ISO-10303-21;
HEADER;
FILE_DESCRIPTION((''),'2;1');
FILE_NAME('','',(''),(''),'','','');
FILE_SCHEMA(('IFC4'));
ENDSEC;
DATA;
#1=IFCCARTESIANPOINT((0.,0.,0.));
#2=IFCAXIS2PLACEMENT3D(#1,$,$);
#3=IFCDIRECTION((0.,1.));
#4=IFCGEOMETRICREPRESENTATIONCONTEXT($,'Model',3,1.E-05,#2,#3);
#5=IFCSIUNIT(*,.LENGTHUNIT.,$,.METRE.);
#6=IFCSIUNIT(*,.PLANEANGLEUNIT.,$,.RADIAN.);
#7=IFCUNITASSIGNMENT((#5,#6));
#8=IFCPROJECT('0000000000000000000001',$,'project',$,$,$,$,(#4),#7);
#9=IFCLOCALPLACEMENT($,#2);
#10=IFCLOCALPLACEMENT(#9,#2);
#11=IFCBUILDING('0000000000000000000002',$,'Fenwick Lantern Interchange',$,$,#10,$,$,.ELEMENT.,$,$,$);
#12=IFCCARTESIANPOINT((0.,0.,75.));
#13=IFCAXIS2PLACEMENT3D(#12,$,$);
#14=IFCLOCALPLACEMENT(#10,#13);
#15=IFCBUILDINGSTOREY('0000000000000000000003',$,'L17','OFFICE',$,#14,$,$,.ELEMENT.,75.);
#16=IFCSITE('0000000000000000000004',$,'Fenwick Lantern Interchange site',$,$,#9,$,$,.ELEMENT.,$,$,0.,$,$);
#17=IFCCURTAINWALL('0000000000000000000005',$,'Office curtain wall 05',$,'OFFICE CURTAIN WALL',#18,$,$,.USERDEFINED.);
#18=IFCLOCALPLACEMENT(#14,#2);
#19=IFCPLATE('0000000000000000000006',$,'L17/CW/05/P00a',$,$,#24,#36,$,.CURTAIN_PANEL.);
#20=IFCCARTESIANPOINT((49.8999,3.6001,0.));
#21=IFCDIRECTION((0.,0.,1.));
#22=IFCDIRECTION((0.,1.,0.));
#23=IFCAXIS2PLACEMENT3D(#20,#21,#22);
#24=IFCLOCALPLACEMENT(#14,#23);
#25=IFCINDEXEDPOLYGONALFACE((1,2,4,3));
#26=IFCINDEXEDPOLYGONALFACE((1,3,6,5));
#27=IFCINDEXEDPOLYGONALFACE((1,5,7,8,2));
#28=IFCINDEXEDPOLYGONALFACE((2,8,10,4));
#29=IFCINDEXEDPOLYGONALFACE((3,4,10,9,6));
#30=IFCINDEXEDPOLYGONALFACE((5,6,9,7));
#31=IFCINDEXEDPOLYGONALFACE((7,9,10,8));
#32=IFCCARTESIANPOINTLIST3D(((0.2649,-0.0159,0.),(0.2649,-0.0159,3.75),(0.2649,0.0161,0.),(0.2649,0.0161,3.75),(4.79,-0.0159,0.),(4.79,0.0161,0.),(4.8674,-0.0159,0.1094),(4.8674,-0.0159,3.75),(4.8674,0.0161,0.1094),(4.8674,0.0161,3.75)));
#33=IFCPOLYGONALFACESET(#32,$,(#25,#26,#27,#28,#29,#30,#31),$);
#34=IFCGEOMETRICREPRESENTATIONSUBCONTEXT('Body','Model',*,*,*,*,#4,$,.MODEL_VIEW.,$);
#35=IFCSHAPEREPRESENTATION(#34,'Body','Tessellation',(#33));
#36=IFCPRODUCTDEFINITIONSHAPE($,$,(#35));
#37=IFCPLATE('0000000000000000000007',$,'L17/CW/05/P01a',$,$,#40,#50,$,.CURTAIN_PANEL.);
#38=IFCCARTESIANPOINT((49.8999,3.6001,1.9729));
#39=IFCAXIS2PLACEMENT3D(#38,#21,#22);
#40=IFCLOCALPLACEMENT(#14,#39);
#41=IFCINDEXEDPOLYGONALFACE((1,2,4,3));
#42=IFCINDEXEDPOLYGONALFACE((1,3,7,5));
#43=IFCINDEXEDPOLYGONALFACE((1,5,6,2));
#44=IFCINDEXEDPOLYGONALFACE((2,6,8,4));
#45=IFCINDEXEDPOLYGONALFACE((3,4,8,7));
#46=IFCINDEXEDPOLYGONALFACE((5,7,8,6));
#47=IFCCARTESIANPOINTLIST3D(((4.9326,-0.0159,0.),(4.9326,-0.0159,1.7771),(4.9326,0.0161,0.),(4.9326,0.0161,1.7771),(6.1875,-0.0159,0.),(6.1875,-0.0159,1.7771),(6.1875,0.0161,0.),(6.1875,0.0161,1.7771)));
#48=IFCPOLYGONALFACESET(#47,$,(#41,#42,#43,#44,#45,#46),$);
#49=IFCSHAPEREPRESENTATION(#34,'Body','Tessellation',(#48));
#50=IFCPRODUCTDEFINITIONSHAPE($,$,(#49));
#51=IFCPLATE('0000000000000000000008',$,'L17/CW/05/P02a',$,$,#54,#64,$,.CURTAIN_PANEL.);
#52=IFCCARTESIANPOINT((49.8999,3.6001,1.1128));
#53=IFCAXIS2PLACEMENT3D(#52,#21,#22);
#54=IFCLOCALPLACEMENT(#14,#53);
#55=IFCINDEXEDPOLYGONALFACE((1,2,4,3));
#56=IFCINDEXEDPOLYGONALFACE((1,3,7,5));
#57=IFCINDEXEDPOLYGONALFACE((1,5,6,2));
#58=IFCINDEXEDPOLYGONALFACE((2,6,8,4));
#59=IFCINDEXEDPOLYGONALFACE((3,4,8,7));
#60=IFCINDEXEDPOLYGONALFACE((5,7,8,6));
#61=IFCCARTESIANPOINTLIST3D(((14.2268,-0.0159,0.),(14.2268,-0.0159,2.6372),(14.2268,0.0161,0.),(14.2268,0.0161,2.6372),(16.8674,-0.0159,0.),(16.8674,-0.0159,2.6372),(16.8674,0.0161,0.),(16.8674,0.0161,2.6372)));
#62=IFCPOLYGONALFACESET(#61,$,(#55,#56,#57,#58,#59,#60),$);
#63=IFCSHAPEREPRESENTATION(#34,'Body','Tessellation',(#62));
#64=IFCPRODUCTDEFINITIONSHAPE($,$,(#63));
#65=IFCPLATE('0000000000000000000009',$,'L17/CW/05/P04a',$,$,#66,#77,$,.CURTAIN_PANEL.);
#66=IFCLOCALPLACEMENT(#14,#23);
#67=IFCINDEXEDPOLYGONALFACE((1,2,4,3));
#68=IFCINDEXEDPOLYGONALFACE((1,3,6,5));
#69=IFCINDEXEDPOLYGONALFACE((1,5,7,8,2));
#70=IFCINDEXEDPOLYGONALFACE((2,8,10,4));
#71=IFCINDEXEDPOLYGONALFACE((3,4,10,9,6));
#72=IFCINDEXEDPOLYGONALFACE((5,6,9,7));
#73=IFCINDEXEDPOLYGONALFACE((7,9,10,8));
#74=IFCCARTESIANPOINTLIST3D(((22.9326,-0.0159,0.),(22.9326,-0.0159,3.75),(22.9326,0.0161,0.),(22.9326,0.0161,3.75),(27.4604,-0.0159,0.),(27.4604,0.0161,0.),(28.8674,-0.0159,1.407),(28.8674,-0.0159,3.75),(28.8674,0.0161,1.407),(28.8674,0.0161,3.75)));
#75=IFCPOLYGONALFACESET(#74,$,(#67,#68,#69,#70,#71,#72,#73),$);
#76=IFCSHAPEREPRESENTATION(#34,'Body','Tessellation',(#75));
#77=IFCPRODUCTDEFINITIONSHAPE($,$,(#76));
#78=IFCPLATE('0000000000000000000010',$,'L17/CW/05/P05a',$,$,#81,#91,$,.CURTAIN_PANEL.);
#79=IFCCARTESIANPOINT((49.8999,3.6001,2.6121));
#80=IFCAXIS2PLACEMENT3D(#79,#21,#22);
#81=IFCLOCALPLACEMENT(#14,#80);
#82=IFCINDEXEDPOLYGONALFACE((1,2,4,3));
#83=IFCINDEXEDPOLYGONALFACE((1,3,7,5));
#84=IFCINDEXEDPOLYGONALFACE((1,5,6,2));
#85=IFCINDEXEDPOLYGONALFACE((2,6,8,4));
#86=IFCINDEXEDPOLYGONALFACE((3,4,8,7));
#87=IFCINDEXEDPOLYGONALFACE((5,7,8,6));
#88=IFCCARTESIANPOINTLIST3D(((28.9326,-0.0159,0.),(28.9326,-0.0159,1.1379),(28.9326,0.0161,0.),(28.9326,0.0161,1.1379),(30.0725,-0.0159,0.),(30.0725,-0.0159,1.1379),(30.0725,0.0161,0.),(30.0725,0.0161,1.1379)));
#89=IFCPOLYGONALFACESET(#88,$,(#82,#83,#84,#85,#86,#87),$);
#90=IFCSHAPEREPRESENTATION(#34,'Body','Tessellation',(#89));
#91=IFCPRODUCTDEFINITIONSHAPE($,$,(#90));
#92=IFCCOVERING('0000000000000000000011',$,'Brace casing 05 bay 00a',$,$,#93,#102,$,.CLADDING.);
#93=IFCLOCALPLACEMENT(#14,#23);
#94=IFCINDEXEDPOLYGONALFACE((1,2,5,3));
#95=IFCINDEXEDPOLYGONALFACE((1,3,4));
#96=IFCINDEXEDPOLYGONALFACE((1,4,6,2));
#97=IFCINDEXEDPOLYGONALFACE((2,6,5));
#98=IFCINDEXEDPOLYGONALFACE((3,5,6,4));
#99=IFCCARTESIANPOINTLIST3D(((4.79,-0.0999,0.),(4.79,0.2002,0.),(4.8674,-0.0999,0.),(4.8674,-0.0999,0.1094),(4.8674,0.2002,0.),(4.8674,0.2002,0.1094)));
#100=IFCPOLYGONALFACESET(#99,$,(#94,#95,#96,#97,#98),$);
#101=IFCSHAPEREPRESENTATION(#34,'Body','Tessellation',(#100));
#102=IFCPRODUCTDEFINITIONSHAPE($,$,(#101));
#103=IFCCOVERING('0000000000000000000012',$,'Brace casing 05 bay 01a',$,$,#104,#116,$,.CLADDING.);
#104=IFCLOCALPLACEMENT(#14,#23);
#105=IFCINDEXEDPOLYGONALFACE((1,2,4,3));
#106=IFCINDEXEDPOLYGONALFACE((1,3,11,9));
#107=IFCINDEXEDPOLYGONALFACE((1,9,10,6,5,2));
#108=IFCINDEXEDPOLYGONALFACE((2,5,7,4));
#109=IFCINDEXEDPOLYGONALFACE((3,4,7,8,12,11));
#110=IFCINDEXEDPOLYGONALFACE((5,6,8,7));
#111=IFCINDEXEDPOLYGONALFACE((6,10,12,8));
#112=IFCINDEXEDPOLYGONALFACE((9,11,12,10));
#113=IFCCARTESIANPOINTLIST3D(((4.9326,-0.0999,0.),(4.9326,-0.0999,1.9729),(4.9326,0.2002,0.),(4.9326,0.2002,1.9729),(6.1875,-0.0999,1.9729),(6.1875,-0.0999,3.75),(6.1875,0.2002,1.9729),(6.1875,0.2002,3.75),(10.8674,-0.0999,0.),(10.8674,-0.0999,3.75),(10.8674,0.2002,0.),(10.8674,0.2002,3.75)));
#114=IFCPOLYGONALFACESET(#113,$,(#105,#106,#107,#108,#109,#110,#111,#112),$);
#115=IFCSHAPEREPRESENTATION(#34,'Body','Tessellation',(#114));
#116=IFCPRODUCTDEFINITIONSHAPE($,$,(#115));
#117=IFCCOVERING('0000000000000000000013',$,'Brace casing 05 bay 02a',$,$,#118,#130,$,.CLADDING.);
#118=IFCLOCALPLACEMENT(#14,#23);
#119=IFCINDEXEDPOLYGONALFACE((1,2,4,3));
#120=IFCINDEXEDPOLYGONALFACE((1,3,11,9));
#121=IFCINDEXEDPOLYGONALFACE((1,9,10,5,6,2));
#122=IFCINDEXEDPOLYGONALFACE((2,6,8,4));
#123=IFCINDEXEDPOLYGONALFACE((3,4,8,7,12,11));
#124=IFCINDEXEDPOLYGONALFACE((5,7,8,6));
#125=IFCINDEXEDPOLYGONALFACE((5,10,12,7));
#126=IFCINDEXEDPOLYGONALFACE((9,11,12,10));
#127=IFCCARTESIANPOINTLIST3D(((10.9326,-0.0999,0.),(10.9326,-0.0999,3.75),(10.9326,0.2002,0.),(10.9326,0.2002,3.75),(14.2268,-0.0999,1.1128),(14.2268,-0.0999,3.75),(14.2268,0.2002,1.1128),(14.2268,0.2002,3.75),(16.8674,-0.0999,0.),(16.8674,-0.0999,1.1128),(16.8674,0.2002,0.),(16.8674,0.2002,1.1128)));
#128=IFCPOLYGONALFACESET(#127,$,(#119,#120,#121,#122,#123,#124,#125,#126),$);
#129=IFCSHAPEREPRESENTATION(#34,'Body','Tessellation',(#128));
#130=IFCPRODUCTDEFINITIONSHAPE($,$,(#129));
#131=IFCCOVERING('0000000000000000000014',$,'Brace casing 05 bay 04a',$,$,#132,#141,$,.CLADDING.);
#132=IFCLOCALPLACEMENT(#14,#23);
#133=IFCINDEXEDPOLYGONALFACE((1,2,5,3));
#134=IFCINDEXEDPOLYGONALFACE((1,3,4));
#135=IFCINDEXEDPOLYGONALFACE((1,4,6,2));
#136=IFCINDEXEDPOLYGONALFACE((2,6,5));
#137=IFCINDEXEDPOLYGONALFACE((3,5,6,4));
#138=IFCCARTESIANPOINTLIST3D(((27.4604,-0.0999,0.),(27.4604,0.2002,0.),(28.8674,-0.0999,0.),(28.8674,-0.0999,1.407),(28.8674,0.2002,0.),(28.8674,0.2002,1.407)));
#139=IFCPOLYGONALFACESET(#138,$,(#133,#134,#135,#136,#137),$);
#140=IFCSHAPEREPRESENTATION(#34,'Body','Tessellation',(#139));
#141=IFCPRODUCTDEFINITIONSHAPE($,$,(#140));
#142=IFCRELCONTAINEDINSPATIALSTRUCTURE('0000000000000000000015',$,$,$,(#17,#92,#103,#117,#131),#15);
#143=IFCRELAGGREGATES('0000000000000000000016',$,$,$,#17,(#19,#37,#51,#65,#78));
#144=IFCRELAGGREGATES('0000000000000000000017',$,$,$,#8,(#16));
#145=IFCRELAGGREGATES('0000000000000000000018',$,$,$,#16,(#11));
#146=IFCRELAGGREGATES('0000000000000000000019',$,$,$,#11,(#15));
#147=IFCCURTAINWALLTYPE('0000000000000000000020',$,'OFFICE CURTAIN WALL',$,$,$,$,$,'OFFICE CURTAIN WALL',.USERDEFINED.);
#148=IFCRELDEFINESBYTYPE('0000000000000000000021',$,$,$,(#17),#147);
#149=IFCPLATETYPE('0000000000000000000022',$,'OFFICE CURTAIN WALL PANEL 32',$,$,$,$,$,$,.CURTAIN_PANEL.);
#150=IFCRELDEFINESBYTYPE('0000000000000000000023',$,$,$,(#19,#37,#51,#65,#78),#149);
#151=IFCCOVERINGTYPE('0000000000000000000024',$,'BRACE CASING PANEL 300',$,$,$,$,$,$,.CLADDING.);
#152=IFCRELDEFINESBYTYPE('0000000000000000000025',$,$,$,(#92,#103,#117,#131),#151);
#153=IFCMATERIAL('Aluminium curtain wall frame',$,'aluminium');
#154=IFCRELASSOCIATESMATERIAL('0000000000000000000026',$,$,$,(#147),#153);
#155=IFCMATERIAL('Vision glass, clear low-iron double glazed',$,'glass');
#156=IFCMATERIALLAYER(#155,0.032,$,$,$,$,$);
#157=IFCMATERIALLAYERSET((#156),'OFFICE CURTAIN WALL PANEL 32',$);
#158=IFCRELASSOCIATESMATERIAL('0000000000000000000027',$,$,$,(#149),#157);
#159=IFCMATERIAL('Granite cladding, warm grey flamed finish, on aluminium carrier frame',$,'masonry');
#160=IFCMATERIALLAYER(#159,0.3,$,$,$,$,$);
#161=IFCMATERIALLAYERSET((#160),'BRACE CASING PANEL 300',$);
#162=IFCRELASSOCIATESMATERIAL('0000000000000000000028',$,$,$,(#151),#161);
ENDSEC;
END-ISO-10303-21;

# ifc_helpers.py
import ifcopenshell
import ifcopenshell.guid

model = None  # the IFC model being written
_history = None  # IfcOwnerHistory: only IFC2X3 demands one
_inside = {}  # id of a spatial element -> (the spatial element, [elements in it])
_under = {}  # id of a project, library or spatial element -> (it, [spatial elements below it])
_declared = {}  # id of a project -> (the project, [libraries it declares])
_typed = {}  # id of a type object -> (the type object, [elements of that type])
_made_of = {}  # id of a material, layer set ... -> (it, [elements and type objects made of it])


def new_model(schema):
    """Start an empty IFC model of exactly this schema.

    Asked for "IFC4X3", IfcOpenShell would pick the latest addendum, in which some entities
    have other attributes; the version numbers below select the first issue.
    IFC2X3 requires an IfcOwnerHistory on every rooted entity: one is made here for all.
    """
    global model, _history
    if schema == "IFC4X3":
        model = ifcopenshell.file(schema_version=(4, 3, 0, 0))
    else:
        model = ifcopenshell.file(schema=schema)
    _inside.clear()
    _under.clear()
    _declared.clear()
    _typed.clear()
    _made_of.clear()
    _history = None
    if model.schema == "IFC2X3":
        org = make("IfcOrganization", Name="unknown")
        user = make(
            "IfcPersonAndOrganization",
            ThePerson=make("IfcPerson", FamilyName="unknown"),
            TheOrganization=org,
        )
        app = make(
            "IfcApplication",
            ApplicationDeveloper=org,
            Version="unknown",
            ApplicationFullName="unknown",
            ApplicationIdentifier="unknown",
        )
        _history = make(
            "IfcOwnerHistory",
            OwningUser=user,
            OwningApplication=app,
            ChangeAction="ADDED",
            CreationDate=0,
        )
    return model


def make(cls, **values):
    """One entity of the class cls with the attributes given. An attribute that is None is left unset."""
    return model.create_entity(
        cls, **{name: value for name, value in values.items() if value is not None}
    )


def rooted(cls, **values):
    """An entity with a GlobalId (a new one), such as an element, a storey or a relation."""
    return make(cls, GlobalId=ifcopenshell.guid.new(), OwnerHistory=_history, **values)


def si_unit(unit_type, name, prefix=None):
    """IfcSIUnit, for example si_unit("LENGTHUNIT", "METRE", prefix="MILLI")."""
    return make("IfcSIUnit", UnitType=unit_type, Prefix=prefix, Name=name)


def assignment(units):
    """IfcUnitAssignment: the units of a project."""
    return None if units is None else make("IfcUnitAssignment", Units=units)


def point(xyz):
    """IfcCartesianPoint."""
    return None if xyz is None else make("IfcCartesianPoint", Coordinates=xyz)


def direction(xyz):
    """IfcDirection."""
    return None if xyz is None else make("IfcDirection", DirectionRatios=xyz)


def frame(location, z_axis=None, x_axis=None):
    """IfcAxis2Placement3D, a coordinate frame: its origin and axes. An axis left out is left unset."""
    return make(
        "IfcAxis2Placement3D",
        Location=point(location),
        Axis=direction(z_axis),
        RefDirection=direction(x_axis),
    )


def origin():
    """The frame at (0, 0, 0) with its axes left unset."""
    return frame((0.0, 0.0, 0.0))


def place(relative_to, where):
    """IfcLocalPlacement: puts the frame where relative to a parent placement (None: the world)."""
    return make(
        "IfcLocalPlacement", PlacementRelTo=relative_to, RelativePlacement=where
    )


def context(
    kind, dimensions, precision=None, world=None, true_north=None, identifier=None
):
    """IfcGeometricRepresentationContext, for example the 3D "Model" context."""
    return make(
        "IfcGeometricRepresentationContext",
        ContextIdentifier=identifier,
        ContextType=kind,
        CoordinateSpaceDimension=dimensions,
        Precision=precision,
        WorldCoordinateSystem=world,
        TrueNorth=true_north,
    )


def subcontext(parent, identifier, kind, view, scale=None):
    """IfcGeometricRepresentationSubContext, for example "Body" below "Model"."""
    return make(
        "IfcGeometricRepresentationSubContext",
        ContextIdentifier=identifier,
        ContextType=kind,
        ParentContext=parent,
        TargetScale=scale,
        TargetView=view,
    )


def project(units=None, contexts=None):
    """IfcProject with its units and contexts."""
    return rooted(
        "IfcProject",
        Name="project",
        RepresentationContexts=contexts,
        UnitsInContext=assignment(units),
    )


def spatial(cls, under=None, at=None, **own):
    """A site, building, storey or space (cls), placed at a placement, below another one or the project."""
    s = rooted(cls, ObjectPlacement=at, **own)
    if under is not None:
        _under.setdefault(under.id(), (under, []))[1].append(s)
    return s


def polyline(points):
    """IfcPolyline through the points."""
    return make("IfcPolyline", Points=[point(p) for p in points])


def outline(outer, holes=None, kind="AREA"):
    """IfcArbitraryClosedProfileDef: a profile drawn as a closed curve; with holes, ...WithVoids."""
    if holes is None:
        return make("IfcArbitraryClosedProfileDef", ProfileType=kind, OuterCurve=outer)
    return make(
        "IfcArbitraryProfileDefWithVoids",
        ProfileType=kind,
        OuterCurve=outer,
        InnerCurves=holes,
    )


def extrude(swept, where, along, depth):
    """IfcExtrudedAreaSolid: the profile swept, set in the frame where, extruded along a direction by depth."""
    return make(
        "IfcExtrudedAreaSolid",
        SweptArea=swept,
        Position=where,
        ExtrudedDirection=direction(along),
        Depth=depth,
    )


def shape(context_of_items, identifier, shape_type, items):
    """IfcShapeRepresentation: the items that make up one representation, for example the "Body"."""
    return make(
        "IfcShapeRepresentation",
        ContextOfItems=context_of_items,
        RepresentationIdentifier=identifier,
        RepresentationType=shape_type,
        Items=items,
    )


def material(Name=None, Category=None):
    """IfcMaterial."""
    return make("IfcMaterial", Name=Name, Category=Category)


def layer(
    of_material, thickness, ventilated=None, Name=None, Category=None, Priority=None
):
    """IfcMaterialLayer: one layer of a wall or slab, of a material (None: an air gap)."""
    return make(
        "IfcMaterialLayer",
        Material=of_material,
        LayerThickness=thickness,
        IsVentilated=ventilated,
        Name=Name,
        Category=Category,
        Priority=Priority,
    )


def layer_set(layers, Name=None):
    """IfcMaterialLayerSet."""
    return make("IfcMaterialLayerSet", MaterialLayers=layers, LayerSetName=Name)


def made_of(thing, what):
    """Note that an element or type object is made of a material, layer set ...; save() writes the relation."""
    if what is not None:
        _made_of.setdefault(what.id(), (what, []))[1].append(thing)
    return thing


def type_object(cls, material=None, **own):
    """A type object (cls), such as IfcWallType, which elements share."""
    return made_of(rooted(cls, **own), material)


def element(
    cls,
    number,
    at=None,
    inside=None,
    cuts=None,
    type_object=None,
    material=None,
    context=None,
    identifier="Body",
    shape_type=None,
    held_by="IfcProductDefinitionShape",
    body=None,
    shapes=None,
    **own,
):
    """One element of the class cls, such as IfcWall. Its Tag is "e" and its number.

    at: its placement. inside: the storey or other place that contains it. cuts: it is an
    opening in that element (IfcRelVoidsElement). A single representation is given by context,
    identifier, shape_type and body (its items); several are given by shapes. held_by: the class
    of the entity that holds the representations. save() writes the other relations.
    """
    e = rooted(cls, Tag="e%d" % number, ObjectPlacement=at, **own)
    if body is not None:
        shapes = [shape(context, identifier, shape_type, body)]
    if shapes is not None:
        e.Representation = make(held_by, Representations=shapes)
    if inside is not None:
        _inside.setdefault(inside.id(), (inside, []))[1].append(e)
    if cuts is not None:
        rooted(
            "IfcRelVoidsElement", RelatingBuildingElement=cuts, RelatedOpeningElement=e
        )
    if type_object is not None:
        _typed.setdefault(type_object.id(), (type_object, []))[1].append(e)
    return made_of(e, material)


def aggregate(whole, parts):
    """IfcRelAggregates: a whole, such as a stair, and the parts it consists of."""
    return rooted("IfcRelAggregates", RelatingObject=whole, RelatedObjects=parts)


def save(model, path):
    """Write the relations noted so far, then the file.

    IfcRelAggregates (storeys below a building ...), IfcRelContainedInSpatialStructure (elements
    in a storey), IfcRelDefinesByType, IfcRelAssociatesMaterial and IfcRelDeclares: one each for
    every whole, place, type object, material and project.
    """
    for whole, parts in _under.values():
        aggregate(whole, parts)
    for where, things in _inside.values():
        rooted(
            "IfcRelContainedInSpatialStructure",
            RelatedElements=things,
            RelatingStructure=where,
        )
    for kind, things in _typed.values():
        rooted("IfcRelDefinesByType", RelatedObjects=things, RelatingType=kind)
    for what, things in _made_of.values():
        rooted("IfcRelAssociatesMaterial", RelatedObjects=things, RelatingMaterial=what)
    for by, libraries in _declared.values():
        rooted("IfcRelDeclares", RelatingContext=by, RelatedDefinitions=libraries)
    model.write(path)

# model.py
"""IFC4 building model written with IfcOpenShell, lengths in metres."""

from ifc_helpers import new_model, si_unit, direction, frame, origin, place, context, subcontext, project, spatial, polyline, outline, extrude, material, layer, layer_set, type_object, element, aggregate, save


model = new_model("IFC4")

# Units and contexts
model_context = context("Model", 3, precision=1e-05, world=origin(), true_north=direction((0.0, 1.0)))
body_context = subcontext(model_context, "Body", "Model", "MODEL_VIEW")
ifc_project = project(units=[si_unit("LENGTHUNIT", "METRE"), si_unit("PLANEANGLEUNIT", "RADIAN")], contexts=[model_context])

# Site, building, storey
site_placement = place(None, origin())
site = spatial("IfcSite", under=ifc_project, at=site_placement, Name="Fenwick Lantern Interchange site", CompositionType="ELEMENT", RefElevation=0.0)
building_placement = place(site_placement, origin())
building = spatial("IfcBuilding", under=site, at=building_placement, Name="Fenwick Lantern Interchange", CompositionType="ELEMENT")
storey_placement = place(building_placement, frame((0.0, 0.0, 75.0)))
storey = spatial("IfcBuildingStorey", under=building, at=storey_placement, Name="L17", Description="OFFICE", CompositionType="ELEMENT", Elevation=75.0)

# Shared definitions
ifc_material_1 = material(Name="Aluminium curtain wall frame", Category="aluminium")
curtain_wall_type = type_object("IfcCurtainWallType", Name="OFFICE CURTAIN WALL", ElementType="OFFICE CURTAIN WALL", PredefinedType="USERDEFINED", material=ifc_material_1)

# Shared definitions
ifc_material_2 = material(Name="Vision glass, clear low-iron double glazed", Category="glass")
ifc_layer_1 = layer(ifc_material_2, 0.032)
ifc_layer_set_1 = layer_set([ifc_layer_1], Name="OFFICE CURTAIN WALL PANEL 32")
plate_type = type_object("IfcPlateType", Name="OFFICE CURTAIN WALL PANEL 32", PredefinedType="CURTAIN_PANEL", material=ifc_layer_set_1)

# Curtain wall, plates
curtain_wall_1_placement = place(storey_placement, origin())
curtain_wall_1 = element("IfcCurtainWall", 1, at=curtain_wall_1_placement, inside=storey, type_object=curtain_wall_type, Name="Office curtain wall 05", ObjectType="OFFICE CURTAIN WALL", PredefinedType="USERDEFINED")
plate_1_placement = place(storey_placement, frame((49.8999, 3.6001, 0.0), z_axis=(0.0, 0.0, 1.0), x_axis=(0.0, 1.0, 0.0)))
plate_1 = element("IfcPlate", 2, at=plate_1_placement, type_object=plate_type, Name="L17/CW/05/P00a", PredefinedType="CURTAIN_PANEL", context=body_context, shape_type="SweptSolid", body=[
    extrude(outline(polyline([(0.2649, 0.0), (4.79, 0.0), (4.8674, 0.1094), (4.8674, 3.75), (0.2649, 3.75), (0.2649, 0.0)])), frame((0.0, 0.0161, 0.0), z_axis=(0.0, -1.0, 0.0), x_axis=(1.0, 0.0, 0.0)), (0.0, 0.0, 1.0), 0.032),
])
plate_2_placement = place(storey_placement, frame((49.8999, 3.6001, 1.9729), z_axis=(0.0, 0.0, 1.0), x_axis=(0.0, 1.0, 0.0)))
plate_2 = element("IfcPlate", 3, at=plate_2_placement, type_object=plate_type, Name="L17/CW/05/P01a", PredefinedType="CURTAIN_PANEL", context=body_context, shape_type="SweptSolid", body=[
    extrude(outline(polyline([(4.9326, 0.0), (6.1875, 0.0), (6.1875, 1.7771), (4.9326, 1.7771), (4.9326, 0.0)])), frame((0.0, 0.0161, 0.0), z_axis=(0.0, -1.0, 0.0), x_axis=(1.0, 0.0, 0.0)), (0.0, 0.0, 1.0), 0.032),
])
plate_3_placement = place(storey_placement, frame((49.8999, 3.6001, 1.1128), z_axis=(0.0, 0.0, 1.0), x_axis=(0.0, 1.0, 0.0)))
plate_3 = element("IfcPlate", 4, at=plate_3_placement, type_object=plate_type, Name="L17/CW/05/P02a", PredefinedType="CURTAIN_PANEL", context=body_context, shape_type="SweptSolid", body=[
    extrude(outline(polyline([(14.2268, 0.0), (16.8674, 0.0), (16.8674, 2.6372), (14.2268, 2.6372), (14.2268, 0.0)])), frame((0.0, 0.0161, 0.0), z_axis=(0.0, -1.0, 0.0), x_axis=(1.0, 0.0, 0.0)), (0.0, 0.0, 1.0), 0.032),
])
plate_4_placement = place(storey_placement, frame((49.8999, 3.6001, 0.0), z_axis=(0.0, 0.0, 1.0), x_axis=(0.0, 1.0, 0.0)))
plate_4 = element("IfcPlate", 5, at=plate_4_placement, type_object=plate_type, Name="L17/CW/05/P04a", PredefinedType="CURTAIN_PANEL", context=body_context, shape_type="SweptSolid", body=[
    extrude(outline(polyline([(22.9326, 0.0), (27.4604, 0.0), (28.8674, 1.407), (28.8674, 3.75), (22.9326, 3.75), (22.9326, 0.0)])), frame((0.0, 0.0161, 0.0), z_axis=(0.0, -1.0, 0.0), x_axis=(1.0, 0.0, 0.0)), (0.0, 0.0, 1.0), 0.032),
])
plate_5_placement = place(storey_placement, frame((49.8999, 3.6001, 2.6121), z_axis=(0.0, 0.0, 1.0), x_axis=(0.0, 1.0, 0.0)))
plate_5 = element("IfcPlate", 6, at=plate_5_placement, type_object=plate_type, Name="L17/CW/05/P05a", PredefinedType="CURTAIN_PANEL", context=body_context, shape_type="SweptSolid", body=[
    extrude(outline(polyline([(28.9326, 0.0), (30.0725, 0.0), (30.0725, 1.1379), (28.9326, 1.1379), (28.9326, 0.0)])), frame((0.0, 0.0161, 0.0), z_axis=(0.0, -1.0, 0.0), x_axis=(1.0, 0.0, 0.0)), (0.0, 0.0, 1.0), 0.032),
])
aggregate(curtain_wall_1, [plate_1, plate_2, plate_3, plate_4, plate_5])

# Coverings
ifc_material_3 = material(Name="Granite cladding, warm grey flamed finish, on aluminium carrier frame", Category="masonry")
ifc_layer_2 = layer(ifc_material_3, 0.3)
ifc_layer_set_2 = layer_set([ifc_layer_2], Name="BRACE CASING PANEL 300")
covering_type = type_object("IfcCoveringType", Name="BRACE CASING PANEL 300", PredefinedType="CLADDING", material=ifc_layer_set_2)
covering_1_placement = place(storey_placement, frame((49.8999, 3.6001, 0.0), z_axis=(0.0, 0.0, 1.0), x_axis=(0.0, 1.0, 0.0)))
element("IfcCovering", 7, at=covering_1_placement, inside=storey, type_object=covering_type, Name="Brace casing 05 bay 00a", PredefinedType="CLADDING", context=body_context, shape_type="SweptSolid", body=[
    extrude(outline(polyline([(4.79, 0.0), (4.8674, 0.0), (4.8674, 0.1094), (4.79, 0.0)])), frame((0.0, 0.2002, 0.0), z_axis=(0.0, -1.0, 0.0), x_axis=(1.0, 0.0, 0.0)), (0.0, 0.0, 1.0), 0.3),
])
covering_2_placement = place(storey_placement, frame((49.8999, 3.6001, 0.0), z_axis=(0.0, 0.0, 1.0), x_axis=(0.0, 1.0, 0.0)))
element("IfcCovering", 8, at=covering_2_placement, inside=storey, type_object=covering_type, Name="Brace casing 05 bay 01a", PredefinedType="CLADDING", context=body_context, shape_type="SweptSolid", body=[
    extrude(outline(polyline([(4.9326, 0.0), (10.8674, 0.0), (10.8674, 3.75), (6.1875, 3.75), (6.1875, 1.9729), (4.9326, 1.9729), (4.9326, 0.0)])), frame((0.0, 0.2002, 0.0), z_axis=(0.0, -1.0, 0.0), x_axis=(1.0, 0.0, 0.0)), (0.0, 0.0, 1.0), 0.3),
])
covering_3_placement = place(storey_placement, frame((49.8999, 3.6001, 0.0), z_axis=(0.0, 0.0, 1.0), x_axis=(0.0, 1.0, 0.0)))
element("IfcCovering", 9, at=covering_3_placement, inside=storey, type_object=covering_type, Name="Brace casing 05 bay 02a", PredefinedType="CLADDING", context=body_context, shape_type="SweptSolid", body=[
    extrude(outline(polyline([(10.9326, 0.0), (16.8674, 0.0), (16.8674, 1.1128), (14.2268, 1.1128), (14.2268, 3.75), (10.9326, 3.75), (10.9326, 0.0)])), frame((0.0, 0.2002, 0.0), z_axis=(0.0, -1.0, 0.0), x_axis=(1.0, 0.0, 0.0)), (0.0, 0.0, 1.0), 0.3),
])
covering_4_placement = place(storey_placement, frame((49.8999, 3.6001, 0.0), z_axis=(0.0, 0.0, 1.0), x_axis=(0.0, 1.0, 0.0)))
element("IfcCovering", 10, at=covering_4_placement, inside=storey, type_object=covering_type, Name="Brace casing 05 bay 04a", PredefinedType="CLADDING", context=body_context, shape_type="SweptSolid", body=[
    extrude(outline(polyline([(27.4604, 0.0), (28.8674, 0.0), (28.8674, 1.407), (27.4604, 0.0)])), frame((0.0, 0.2002, 0.0), z_axis=(0.0, -1.0, 0.0), x_axis=(1.0, 0.0, 0.0)), (0.0, 0.0, 1.0), 0.3),
])

save(model, "model.ifc")
